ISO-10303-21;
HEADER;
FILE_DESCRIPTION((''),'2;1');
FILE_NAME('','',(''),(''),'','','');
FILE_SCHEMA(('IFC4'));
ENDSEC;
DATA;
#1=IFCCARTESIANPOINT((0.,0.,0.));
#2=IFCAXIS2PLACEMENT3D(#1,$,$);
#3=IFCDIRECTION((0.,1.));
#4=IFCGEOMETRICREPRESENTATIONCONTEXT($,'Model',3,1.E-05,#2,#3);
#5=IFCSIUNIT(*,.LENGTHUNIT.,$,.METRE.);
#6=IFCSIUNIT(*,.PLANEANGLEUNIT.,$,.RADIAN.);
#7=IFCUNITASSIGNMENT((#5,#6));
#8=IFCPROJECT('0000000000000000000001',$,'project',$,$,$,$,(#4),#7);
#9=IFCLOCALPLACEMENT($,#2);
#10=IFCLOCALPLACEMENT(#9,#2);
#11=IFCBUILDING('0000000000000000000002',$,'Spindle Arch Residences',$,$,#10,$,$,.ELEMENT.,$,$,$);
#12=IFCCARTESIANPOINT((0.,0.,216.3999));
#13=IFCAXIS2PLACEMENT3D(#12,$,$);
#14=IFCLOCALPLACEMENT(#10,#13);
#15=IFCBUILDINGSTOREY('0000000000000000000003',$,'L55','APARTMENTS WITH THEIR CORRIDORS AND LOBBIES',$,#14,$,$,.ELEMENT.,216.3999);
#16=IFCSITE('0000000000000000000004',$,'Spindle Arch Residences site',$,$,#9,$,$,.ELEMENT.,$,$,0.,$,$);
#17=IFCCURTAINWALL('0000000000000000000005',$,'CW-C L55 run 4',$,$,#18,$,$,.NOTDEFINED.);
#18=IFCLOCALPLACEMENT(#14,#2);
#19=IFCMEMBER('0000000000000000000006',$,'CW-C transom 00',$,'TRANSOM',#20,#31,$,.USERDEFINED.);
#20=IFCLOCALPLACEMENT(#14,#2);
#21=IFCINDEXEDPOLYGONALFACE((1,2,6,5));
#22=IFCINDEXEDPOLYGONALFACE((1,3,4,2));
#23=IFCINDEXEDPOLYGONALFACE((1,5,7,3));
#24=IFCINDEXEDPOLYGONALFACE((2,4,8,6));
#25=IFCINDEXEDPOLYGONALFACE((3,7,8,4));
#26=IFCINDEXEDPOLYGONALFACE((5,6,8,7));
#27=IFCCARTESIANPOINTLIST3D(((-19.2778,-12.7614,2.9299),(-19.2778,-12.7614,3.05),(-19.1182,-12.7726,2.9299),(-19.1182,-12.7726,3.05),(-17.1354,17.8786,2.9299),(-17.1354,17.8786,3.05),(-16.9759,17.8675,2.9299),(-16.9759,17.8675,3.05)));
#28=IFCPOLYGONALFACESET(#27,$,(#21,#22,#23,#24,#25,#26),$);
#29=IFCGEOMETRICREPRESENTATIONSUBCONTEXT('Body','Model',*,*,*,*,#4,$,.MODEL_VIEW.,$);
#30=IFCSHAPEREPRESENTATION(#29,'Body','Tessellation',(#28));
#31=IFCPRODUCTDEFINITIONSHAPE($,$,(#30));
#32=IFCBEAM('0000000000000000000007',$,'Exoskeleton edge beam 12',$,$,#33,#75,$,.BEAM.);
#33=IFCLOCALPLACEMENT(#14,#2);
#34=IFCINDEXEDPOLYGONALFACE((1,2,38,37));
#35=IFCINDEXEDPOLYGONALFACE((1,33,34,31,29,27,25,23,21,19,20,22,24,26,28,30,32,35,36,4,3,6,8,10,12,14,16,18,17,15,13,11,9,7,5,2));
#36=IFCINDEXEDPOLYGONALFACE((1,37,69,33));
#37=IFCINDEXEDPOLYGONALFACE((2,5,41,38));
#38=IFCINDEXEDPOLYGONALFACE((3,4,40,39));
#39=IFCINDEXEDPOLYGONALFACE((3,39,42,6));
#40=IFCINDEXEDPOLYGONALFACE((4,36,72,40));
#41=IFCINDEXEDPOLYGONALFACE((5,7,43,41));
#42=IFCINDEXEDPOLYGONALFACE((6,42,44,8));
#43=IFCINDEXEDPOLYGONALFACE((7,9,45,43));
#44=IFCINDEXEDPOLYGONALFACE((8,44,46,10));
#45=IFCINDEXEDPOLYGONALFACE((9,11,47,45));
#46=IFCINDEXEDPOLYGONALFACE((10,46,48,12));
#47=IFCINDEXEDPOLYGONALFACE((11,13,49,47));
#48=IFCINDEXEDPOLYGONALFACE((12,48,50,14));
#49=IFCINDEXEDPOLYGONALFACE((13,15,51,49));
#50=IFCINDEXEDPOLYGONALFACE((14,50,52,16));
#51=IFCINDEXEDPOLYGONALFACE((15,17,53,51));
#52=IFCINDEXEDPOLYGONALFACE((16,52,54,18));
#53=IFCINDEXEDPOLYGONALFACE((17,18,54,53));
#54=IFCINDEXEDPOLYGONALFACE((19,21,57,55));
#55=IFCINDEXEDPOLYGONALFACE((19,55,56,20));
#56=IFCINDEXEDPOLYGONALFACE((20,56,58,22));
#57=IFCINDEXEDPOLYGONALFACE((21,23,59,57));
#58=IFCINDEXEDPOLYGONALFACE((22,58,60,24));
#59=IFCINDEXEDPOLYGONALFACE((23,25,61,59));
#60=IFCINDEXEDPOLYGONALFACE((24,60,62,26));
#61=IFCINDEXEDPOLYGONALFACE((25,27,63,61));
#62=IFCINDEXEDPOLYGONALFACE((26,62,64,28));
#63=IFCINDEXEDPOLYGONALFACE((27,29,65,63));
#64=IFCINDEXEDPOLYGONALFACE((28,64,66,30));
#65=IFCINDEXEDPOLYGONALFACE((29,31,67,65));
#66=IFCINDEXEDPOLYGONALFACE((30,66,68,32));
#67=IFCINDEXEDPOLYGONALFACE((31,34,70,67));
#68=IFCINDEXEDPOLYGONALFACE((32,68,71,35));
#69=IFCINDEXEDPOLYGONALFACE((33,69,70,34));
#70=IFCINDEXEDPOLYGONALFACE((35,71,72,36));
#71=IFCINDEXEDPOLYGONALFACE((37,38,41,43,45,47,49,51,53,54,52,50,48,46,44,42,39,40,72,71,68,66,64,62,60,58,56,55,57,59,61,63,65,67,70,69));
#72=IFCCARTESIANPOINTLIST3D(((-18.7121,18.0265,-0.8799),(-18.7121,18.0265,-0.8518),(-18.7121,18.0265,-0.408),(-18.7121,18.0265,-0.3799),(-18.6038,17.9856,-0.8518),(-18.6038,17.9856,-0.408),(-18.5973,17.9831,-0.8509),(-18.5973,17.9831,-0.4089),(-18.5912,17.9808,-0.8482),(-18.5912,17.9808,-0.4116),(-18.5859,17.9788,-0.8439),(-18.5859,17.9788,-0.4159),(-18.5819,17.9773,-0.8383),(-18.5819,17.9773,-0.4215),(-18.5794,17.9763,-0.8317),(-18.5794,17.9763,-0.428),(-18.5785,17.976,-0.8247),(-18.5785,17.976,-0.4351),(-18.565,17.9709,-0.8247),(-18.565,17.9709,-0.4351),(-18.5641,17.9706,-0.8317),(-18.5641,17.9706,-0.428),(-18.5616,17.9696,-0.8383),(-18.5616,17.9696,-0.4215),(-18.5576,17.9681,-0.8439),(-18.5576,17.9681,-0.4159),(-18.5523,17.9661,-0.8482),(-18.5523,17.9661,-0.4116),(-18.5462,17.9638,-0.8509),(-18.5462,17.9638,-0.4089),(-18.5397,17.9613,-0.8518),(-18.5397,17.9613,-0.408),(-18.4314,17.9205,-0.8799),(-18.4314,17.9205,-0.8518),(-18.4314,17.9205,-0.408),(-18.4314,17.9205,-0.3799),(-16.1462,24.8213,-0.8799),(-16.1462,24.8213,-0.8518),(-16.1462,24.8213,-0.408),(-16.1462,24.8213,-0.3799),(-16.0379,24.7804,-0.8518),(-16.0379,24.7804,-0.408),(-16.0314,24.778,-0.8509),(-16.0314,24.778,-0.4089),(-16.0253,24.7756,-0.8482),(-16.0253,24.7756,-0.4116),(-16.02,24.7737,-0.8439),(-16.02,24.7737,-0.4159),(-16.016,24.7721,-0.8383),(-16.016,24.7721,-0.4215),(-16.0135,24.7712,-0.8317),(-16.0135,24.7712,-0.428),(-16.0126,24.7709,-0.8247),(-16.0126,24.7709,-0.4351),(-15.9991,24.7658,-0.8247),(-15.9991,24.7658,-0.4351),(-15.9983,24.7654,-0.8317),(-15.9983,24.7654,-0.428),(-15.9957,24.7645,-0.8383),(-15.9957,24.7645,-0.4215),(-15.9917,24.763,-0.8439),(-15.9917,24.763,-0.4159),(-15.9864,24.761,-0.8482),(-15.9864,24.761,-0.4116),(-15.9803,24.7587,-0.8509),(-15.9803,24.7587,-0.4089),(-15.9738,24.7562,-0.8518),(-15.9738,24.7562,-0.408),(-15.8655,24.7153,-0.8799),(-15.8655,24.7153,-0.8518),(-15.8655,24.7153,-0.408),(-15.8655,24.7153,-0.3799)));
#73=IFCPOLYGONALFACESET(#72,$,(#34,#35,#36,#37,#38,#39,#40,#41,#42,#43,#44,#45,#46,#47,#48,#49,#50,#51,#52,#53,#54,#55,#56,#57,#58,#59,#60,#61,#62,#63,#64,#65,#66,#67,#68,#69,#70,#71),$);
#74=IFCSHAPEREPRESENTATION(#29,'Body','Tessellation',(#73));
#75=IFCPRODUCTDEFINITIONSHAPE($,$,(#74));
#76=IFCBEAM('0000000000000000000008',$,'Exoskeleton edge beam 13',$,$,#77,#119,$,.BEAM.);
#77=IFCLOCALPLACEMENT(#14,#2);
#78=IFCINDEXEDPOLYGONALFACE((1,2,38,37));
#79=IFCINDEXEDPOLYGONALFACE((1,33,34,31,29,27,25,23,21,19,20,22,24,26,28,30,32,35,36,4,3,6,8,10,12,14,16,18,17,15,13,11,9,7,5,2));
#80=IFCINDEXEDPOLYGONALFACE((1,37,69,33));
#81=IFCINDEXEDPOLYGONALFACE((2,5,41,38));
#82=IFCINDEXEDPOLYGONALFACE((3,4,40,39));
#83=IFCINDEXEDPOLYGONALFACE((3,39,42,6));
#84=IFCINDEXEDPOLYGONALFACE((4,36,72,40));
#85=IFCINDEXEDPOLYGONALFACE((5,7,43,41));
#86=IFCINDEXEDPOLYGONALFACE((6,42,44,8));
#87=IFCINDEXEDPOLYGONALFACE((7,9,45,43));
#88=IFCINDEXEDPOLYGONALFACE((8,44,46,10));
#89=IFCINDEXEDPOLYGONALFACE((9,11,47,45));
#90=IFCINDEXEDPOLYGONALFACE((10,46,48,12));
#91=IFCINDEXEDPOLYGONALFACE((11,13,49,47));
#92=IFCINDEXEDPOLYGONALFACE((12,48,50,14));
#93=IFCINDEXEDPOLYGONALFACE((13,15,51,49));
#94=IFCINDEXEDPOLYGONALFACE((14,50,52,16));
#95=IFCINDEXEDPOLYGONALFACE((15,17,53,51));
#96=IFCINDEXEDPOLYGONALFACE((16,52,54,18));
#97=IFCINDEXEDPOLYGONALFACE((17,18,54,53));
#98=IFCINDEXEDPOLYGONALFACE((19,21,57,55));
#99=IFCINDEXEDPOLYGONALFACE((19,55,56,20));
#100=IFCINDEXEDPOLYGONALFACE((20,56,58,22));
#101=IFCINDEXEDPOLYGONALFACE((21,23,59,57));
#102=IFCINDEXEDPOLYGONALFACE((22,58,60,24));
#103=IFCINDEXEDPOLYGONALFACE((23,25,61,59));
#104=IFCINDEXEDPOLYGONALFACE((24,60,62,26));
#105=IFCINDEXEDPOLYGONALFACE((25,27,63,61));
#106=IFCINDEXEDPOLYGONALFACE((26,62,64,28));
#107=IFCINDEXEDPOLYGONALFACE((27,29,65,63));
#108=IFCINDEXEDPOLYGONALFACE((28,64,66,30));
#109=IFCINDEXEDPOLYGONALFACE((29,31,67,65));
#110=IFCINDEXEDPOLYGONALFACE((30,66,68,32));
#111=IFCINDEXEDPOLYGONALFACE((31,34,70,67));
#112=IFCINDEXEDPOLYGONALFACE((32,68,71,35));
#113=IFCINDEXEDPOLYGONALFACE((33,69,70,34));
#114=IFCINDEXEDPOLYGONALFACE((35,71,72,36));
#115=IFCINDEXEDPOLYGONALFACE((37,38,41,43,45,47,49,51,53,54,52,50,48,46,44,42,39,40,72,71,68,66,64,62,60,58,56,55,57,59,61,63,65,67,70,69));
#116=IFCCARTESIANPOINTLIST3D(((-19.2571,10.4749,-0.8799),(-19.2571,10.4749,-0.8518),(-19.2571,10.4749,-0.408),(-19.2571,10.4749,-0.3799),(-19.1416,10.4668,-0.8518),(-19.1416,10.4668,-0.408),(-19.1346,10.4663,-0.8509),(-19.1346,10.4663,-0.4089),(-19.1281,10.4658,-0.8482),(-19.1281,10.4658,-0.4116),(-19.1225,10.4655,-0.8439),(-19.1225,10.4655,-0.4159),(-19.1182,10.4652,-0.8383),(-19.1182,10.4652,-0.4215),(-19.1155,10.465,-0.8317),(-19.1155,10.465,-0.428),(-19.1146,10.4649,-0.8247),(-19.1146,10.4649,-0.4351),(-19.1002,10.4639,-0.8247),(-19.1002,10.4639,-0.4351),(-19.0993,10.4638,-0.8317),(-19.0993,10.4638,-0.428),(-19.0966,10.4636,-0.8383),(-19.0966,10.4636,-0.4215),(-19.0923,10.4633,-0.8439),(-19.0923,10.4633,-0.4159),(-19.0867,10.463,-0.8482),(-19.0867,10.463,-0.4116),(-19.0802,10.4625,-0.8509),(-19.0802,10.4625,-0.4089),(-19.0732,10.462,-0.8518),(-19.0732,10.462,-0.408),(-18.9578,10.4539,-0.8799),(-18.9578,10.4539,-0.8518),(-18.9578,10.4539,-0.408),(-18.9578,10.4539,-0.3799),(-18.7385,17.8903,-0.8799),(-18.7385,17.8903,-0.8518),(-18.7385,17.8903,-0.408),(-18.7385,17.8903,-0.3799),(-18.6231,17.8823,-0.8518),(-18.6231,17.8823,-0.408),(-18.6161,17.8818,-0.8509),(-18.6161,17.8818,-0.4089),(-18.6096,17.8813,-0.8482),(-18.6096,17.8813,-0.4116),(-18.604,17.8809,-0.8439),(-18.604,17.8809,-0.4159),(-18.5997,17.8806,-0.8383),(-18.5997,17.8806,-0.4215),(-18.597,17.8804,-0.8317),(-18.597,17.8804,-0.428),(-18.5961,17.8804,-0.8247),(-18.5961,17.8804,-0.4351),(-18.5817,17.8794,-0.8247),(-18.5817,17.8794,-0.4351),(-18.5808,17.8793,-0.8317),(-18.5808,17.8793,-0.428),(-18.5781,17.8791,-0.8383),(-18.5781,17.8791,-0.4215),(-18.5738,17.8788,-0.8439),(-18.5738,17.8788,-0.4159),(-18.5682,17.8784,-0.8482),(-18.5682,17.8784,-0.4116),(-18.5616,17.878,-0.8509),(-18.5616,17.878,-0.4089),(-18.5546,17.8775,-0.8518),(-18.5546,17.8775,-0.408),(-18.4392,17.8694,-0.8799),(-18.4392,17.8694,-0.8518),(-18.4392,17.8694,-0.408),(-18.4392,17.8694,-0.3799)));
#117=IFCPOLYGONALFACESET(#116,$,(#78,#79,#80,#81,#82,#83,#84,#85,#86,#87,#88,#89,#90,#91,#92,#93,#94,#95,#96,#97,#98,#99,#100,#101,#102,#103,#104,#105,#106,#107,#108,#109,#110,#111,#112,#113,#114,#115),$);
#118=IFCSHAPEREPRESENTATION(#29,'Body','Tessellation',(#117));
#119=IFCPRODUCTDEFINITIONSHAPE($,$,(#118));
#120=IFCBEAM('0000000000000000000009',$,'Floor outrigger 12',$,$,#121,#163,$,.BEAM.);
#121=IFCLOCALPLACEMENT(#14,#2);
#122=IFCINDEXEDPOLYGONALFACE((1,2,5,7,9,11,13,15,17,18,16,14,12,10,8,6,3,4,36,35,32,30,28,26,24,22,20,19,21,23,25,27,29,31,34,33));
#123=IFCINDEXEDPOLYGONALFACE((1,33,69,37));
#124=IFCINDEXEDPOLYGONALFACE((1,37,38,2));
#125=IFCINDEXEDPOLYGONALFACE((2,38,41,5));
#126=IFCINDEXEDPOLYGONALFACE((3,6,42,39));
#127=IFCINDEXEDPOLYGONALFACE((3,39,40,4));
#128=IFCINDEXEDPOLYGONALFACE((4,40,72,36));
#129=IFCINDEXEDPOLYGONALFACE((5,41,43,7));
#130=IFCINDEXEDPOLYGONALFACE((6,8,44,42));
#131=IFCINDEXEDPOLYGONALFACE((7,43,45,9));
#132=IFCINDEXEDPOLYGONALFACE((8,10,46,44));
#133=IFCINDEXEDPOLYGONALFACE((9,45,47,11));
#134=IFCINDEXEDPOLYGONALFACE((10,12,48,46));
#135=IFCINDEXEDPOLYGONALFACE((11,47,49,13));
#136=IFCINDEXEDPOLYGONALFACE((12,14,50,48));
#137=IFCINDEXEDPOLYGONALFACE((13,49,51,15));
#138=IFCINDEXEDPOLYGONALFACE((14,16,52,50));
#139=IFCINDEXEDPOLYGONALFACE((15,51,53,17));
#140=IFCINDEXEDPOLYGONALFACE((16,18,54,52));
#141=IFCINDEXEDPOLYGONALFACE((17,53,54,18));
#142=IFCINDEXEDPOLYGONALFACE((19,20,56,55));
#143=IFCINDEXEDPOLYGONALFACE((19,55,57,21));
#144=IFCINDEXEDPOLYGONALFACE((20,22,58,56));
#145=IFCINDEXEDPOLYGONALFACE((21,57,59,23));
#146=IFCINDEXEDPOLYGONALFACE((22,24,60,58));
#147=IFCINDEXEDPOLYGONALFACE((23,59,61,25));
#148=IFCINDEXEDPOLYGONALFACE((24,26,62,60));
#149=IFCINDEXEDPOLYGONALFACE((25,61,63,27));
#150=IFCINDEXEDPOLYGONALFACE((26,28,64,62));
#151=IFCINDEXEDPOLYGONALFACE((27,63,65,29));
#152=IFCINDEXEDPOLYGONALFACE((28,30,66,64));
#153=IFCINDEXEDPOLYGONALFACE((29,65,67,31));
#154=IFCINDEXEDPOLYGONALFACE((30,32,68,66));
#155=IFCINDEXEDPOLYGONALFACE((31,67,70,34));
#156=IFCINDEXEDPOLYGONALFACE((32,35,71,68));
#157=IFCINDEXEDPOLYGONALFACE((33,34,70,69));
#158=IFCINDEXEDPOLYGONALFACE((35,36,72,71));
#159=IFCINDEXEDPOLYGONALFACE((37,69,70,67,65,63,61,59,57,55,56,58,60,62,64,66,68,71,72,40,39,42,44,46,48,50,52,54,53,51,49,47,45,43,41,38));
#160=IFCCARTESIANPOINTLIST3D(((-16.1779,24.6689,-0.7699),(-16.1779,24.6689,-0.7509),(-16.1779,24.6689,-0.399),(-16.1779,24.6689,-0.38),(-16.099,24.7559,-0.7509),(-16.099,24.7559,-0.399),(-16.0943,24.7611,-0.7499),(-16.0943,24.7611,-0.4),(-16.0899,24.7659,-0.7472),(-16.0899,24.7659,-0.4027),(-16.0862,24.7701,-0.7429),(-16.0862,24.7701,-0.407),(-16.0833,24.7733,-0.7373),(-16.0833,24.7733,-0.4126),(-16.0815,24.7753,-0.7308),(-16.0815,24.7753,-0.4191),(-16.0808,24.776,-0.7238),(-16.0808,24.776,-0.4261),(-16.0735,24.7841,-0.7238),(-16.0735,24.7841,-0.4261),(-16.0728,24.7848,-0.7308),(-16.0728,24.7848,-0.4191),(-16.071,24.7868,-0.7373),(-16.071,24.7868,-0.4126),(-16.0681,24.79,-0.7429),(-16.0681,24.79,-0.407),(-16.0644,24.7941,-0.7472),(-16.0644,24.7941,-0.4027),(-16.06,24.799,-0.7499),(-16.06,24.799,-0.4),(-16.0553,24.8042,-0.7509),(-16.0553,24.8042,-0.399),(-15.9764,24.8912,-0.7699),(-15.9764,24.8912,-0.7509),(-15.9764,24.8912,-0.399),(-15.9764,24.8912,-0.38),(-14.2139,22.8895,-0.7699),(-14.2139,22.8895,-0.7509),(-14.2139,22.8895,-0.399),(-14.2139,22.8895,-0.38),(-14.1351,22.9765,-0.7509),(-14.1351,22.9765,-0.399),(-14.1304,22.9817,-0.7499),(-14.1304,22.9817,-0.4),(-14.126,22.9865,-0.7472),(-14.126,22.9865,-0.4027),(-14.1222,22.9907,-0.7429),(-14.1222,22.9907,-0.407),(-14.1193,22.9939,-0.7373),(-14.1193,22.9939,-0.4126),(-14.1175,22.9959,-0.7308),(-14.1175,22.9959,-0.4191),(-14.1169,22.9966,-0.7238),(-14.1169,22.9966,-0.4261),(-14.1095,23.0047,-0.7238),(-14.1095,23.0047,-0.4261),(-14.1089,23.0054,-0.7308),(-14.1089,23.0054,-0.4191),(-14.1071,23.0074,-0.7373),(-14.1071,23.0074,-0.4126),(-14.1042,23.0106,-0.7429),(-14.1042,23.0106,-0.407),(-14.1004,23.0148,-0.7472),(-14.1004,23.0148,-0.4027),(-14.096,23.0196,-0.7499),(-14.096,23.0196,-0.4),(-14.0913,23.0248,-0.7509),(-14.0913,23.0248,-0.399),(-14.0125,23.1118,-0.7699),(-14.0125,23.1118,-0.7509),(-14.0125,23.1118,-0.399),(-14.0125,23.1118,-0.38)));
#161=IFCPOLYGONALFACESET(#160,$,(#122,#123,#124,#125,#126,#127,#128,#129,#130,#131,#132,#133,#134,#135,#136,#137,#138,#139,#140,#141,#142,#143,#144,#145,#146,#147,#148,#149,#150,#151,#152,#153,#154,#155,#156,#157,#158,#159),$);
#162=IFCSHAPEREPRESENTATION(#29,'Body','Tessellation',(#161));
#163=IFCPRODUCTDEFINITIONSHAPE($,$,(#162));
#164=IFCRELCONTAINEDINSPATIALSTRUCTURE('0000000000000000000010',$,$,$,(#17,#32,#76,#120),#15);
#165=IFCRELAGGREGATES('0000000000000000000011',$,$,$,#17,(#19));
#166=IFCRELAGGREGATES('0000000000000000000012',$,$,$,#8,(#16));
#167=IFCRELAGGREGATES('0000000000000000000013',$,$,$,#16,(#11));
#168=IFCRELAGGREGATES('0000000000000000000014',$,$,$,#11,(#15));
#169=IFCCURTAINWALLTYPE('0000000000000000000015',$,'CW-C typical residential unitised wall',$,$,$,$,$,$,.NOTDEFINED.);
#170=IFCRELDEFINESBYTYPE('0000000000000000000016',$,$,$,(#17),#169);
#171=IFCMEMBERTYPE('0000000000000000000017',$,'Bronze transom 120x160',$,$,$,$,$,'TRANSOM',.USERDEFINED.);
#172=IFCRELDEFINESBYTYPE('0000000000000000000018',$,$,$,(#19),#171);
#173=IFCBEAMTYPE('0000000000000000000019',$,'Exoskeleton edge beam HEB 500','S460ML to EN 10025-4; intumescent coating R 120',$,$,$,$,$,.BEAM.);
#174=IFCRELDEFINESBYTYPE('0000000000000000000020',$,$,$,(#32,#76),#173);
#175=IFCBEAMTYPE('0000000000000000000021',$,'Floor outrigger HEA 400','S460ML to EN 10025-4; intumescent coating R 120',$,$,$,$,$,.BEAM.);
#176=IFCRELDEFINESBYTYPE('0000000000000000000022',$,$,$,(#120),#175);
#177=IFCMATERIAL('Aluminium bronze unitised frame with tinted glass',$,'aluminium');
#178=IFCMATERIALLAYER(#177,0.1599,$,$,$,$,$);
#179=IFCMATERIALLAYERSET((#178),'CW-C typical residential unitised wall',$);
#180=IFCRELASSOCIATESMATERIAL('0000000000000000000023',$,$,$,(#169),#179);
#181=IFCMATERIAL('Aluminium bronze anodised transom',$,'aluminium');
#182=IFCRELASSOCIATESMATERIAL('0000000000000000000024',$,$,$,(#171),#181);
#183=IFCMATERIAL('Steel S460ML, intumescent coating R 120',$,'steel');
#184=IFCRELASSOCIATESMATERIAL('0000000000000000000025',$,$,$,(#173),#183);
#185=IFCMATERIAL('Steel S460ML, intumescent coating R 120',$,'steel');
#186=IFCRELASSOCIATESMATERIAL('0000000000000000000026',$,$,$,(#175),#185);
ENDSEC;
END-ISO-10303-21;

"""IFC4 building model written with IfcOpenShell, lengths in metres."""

from ifc_helpers import new_model, si_unit, direction, frame, origin, origin_2d, place, context, subcontext, project, spatial, rectangle, i_section, extrude, material, layer, layer_set, material_profile, profile_set, type_object, element, aggregate, save


model = new_model("IFC4")

# Units and contexts
model_context = context("Model", 3, precision=1e-05, world=origin(), true_north=direction((0.0, 1.0)))
body_context = subcontext(model_context, "Body", "Model", "MODEL_VIEW")
ifc_project = project(units=[si_unit("LENGTHUNIT", "METRE"), si_unit("PLANEANGLEUNIT", "RADIAN")], contexts=[model_context])

# Site, building, storey
site_placement = place(None, origin())
site = spatial("IfcSite", under=ifc_project, at=site_placement, Name="Spindle Arch Residences site", CompositionType="ELEMENT", RefElevation=0.0)
building_placement = place(site_placement, origin())
building = spatial("IfcBuilding", under=site, at=building_placement, Name="Spindle Arch Residences", CompositionType="ELEMENT")
storey_placement = place(building_placement, frame((0.0, 0.0, 216.3999)))
storey = spatial("IfcBuildingStorey", under=building, at=storey_placement, Name="L55", Description="APARTMENTS WITH THEIR CORRIDORS AND LOBBIES", CompositionType="ELEMENT", Elevation=216.3999)

# Curtain wall
ifc_material_1 = material(Name="Aluminium bronze unitised frame with tinted glass", Category="aluminium")
ifc_layer_1 = layer(ifc_material_1, 0.1599)
ifc_layer_set_1 = layer_set([ifc_layer_1], Name="CW-C typical residential unitised wall")
curtain_wall_type_1 = type_object("IfcCurtainWallType", Name="CW-C typical residential unitised wall", PredefinedType="NOTDEFINED", material=ifc_layer_set_1)
curtain_wall_1_placement = place(storey_placement, origin())
curtain_wall_1 = element("IfcCurtainWall", 1, at=curtain_wall_1_placement, inside=storey, type_object=curtain_wall_type_1, Name="CW-C L55 run 4", PredefinedType="NOTDEFINED")

# Member
ifc_material_2 = material(Name="Aluminium bronze anodised transom", Category="aluminium")
ifc_material_profile_1 = material_profile(ifc_material_2, rectangle(XDim=0.1599, YDim=0.1201, at=origin_2d()), Name="TR 120x160")
ifc_profile_set_1 = profile_set([ifc_material_profile_1], Name="Aluminium bronze anodised transom")
member_type_1 = type_object("IfcMemberType", Name="Bronze transom 120x160", ElementType="TRANSOM", PredefinedType="USERDEFINED", material=ifc_profile_set_1)
member_1_placement = place(storey_placement, frame((-17.0557, 17.873, 2.99), z_axis=(-0.069749, -0.997565, 0.0), x_axis=(0.997565, -0.069749, 0.0)))
member_1 = element("IfcMember", 2, at=member_1_placement, type_object=member_type_1, Name="CW-C transom 00", ObjectType="TRANSOM", PredefinedType="USERDEFINED", context=body_context, shape_type="SweptSolid", body=[
    extrude(rectangle(XDim=0.1599, YDim=0.1201, at=origin_2d()), origin(), (0.0, 0.0, 1.0), 30.7148),
])
aggregate(curtain_wall_1, [member_1])

# Beams
ifc_material_3 = material(Name="Steel S460ML, intumescent coating R 120", Category="steel")
ifc_material_profile_2 = material_profile(ifc_material_3, i_section(OverallWidth=0.3, OverallDepth=0.5, WebThickness=0.0144, FlangeThickness=0.0281, FilletRadius=0.0271, at=origin_2d()), Name="HEB 500")
ifc_profile_set_2 = profile_set([ifc_material_profile_2], Name="Steel S460ML, intumescent coating R 120")
beam_type_1 = type_object("IfcBeamType", Name="Exoskeleton edge beam HEB 500", Description="S460ML to EN 10025-4; intumescent coating R 120", PredefinedType="BEAM", material=ifc_profile_set_2)
beam_1_placement = place(storey_placement, frame((-16.0059, 24.7683, -0.6299), z_axis=(-0.353274, -0.93552, 0.0), x_axis=(0.93552, -0.353274, 0.0)))
element("IfcBeam", 3, at=beam_1_placement, inside=storey, type_object=beam_type_1, Name="Exoskeleton edge beam 12", PredefinedType="BEAM", context=body_context, shape_type="SweptSolid", body=[
    extrude(i_section(OverallWidth=0.3, OverallDepth=0.5, WebThickness=0.0144, FlangeThickness=0.0281, FilletRadius=0.0271, at=origin_2d()), origin(), (0.0, 0.0, 1.0), 7.2632),
])
beam_2_placement = place(storey_placement, frame((-18.5889, 17.8799, -0.6299), z_axis=(-0.069758, -0.997564, 0.0), x_axis=(0.997564, -0.069758, 0.0)))
element("IfcBeam", 4, at=beam_2_placement, inside=storey, type_object=beam_type_1, Name="Exoskeleton edge beam 13", PredefinedType="BEAM", context=body_context, shape_type="SweptSolid", body=[
    extrude(i_section(OverallWidth=0.3, OverallDepth=0.5, WebThickness=0.0144, FlangeThickness=0.0281, FilletRadius=0.0271, at=origin_2d()), origin(), (0.0, 0.0, 1.0), 7.4336),
])
ifc_material_4 = material(Name="Steel S460ML, intumescent coating R 120", Category="steel")
ifc_material_profile_3 = material_profile(ifc_material_4, i_section(OverallWidth=0.3, OverallDepth=0.3899, WebThickness=0.011, FlangeThickness=0.019, FilletRadius=0.0271, at=origin_2d()), Name="HEA 400")
ifc_profile_set_3 = profile_set([ifc_material_profile_3], Name="Steel S460ML, intumescent coating R 120")
beam_type_2 = type_object("IfcBeamType", Name="Floor outrigger HEA 400", Description="S460ML to EN 10025-4; intumescent coating R 120", PredefinedType="BEAM", material=ifc_profile_set_3)
beam_3_placement = place(storey_placement, frame((-16.0771, 24.78, -0.575), z_axis=(0.741073, -0.671425, 0.0), x_axis=(0.671425, 0.741073, 0.0)))
element("IfcBeam", 5, at=beam_3_placement, inside=storey, type_object=beam_type_2, Name="Floor outrigger 12", PredefinedType="BEAM", context=body_context, shape_type="SweptSolid", body=[
    extrude(i_section(OverallWidth=0.3, OverallDepth=0.3899, WebThickness=0.011, FlangeThickness=0.019, FilletRadius=0.0271, at=origin_2d()), origin(), (0.0, 0.0, 1.0), 2.6501),
])

save(model, "model.ifc")
